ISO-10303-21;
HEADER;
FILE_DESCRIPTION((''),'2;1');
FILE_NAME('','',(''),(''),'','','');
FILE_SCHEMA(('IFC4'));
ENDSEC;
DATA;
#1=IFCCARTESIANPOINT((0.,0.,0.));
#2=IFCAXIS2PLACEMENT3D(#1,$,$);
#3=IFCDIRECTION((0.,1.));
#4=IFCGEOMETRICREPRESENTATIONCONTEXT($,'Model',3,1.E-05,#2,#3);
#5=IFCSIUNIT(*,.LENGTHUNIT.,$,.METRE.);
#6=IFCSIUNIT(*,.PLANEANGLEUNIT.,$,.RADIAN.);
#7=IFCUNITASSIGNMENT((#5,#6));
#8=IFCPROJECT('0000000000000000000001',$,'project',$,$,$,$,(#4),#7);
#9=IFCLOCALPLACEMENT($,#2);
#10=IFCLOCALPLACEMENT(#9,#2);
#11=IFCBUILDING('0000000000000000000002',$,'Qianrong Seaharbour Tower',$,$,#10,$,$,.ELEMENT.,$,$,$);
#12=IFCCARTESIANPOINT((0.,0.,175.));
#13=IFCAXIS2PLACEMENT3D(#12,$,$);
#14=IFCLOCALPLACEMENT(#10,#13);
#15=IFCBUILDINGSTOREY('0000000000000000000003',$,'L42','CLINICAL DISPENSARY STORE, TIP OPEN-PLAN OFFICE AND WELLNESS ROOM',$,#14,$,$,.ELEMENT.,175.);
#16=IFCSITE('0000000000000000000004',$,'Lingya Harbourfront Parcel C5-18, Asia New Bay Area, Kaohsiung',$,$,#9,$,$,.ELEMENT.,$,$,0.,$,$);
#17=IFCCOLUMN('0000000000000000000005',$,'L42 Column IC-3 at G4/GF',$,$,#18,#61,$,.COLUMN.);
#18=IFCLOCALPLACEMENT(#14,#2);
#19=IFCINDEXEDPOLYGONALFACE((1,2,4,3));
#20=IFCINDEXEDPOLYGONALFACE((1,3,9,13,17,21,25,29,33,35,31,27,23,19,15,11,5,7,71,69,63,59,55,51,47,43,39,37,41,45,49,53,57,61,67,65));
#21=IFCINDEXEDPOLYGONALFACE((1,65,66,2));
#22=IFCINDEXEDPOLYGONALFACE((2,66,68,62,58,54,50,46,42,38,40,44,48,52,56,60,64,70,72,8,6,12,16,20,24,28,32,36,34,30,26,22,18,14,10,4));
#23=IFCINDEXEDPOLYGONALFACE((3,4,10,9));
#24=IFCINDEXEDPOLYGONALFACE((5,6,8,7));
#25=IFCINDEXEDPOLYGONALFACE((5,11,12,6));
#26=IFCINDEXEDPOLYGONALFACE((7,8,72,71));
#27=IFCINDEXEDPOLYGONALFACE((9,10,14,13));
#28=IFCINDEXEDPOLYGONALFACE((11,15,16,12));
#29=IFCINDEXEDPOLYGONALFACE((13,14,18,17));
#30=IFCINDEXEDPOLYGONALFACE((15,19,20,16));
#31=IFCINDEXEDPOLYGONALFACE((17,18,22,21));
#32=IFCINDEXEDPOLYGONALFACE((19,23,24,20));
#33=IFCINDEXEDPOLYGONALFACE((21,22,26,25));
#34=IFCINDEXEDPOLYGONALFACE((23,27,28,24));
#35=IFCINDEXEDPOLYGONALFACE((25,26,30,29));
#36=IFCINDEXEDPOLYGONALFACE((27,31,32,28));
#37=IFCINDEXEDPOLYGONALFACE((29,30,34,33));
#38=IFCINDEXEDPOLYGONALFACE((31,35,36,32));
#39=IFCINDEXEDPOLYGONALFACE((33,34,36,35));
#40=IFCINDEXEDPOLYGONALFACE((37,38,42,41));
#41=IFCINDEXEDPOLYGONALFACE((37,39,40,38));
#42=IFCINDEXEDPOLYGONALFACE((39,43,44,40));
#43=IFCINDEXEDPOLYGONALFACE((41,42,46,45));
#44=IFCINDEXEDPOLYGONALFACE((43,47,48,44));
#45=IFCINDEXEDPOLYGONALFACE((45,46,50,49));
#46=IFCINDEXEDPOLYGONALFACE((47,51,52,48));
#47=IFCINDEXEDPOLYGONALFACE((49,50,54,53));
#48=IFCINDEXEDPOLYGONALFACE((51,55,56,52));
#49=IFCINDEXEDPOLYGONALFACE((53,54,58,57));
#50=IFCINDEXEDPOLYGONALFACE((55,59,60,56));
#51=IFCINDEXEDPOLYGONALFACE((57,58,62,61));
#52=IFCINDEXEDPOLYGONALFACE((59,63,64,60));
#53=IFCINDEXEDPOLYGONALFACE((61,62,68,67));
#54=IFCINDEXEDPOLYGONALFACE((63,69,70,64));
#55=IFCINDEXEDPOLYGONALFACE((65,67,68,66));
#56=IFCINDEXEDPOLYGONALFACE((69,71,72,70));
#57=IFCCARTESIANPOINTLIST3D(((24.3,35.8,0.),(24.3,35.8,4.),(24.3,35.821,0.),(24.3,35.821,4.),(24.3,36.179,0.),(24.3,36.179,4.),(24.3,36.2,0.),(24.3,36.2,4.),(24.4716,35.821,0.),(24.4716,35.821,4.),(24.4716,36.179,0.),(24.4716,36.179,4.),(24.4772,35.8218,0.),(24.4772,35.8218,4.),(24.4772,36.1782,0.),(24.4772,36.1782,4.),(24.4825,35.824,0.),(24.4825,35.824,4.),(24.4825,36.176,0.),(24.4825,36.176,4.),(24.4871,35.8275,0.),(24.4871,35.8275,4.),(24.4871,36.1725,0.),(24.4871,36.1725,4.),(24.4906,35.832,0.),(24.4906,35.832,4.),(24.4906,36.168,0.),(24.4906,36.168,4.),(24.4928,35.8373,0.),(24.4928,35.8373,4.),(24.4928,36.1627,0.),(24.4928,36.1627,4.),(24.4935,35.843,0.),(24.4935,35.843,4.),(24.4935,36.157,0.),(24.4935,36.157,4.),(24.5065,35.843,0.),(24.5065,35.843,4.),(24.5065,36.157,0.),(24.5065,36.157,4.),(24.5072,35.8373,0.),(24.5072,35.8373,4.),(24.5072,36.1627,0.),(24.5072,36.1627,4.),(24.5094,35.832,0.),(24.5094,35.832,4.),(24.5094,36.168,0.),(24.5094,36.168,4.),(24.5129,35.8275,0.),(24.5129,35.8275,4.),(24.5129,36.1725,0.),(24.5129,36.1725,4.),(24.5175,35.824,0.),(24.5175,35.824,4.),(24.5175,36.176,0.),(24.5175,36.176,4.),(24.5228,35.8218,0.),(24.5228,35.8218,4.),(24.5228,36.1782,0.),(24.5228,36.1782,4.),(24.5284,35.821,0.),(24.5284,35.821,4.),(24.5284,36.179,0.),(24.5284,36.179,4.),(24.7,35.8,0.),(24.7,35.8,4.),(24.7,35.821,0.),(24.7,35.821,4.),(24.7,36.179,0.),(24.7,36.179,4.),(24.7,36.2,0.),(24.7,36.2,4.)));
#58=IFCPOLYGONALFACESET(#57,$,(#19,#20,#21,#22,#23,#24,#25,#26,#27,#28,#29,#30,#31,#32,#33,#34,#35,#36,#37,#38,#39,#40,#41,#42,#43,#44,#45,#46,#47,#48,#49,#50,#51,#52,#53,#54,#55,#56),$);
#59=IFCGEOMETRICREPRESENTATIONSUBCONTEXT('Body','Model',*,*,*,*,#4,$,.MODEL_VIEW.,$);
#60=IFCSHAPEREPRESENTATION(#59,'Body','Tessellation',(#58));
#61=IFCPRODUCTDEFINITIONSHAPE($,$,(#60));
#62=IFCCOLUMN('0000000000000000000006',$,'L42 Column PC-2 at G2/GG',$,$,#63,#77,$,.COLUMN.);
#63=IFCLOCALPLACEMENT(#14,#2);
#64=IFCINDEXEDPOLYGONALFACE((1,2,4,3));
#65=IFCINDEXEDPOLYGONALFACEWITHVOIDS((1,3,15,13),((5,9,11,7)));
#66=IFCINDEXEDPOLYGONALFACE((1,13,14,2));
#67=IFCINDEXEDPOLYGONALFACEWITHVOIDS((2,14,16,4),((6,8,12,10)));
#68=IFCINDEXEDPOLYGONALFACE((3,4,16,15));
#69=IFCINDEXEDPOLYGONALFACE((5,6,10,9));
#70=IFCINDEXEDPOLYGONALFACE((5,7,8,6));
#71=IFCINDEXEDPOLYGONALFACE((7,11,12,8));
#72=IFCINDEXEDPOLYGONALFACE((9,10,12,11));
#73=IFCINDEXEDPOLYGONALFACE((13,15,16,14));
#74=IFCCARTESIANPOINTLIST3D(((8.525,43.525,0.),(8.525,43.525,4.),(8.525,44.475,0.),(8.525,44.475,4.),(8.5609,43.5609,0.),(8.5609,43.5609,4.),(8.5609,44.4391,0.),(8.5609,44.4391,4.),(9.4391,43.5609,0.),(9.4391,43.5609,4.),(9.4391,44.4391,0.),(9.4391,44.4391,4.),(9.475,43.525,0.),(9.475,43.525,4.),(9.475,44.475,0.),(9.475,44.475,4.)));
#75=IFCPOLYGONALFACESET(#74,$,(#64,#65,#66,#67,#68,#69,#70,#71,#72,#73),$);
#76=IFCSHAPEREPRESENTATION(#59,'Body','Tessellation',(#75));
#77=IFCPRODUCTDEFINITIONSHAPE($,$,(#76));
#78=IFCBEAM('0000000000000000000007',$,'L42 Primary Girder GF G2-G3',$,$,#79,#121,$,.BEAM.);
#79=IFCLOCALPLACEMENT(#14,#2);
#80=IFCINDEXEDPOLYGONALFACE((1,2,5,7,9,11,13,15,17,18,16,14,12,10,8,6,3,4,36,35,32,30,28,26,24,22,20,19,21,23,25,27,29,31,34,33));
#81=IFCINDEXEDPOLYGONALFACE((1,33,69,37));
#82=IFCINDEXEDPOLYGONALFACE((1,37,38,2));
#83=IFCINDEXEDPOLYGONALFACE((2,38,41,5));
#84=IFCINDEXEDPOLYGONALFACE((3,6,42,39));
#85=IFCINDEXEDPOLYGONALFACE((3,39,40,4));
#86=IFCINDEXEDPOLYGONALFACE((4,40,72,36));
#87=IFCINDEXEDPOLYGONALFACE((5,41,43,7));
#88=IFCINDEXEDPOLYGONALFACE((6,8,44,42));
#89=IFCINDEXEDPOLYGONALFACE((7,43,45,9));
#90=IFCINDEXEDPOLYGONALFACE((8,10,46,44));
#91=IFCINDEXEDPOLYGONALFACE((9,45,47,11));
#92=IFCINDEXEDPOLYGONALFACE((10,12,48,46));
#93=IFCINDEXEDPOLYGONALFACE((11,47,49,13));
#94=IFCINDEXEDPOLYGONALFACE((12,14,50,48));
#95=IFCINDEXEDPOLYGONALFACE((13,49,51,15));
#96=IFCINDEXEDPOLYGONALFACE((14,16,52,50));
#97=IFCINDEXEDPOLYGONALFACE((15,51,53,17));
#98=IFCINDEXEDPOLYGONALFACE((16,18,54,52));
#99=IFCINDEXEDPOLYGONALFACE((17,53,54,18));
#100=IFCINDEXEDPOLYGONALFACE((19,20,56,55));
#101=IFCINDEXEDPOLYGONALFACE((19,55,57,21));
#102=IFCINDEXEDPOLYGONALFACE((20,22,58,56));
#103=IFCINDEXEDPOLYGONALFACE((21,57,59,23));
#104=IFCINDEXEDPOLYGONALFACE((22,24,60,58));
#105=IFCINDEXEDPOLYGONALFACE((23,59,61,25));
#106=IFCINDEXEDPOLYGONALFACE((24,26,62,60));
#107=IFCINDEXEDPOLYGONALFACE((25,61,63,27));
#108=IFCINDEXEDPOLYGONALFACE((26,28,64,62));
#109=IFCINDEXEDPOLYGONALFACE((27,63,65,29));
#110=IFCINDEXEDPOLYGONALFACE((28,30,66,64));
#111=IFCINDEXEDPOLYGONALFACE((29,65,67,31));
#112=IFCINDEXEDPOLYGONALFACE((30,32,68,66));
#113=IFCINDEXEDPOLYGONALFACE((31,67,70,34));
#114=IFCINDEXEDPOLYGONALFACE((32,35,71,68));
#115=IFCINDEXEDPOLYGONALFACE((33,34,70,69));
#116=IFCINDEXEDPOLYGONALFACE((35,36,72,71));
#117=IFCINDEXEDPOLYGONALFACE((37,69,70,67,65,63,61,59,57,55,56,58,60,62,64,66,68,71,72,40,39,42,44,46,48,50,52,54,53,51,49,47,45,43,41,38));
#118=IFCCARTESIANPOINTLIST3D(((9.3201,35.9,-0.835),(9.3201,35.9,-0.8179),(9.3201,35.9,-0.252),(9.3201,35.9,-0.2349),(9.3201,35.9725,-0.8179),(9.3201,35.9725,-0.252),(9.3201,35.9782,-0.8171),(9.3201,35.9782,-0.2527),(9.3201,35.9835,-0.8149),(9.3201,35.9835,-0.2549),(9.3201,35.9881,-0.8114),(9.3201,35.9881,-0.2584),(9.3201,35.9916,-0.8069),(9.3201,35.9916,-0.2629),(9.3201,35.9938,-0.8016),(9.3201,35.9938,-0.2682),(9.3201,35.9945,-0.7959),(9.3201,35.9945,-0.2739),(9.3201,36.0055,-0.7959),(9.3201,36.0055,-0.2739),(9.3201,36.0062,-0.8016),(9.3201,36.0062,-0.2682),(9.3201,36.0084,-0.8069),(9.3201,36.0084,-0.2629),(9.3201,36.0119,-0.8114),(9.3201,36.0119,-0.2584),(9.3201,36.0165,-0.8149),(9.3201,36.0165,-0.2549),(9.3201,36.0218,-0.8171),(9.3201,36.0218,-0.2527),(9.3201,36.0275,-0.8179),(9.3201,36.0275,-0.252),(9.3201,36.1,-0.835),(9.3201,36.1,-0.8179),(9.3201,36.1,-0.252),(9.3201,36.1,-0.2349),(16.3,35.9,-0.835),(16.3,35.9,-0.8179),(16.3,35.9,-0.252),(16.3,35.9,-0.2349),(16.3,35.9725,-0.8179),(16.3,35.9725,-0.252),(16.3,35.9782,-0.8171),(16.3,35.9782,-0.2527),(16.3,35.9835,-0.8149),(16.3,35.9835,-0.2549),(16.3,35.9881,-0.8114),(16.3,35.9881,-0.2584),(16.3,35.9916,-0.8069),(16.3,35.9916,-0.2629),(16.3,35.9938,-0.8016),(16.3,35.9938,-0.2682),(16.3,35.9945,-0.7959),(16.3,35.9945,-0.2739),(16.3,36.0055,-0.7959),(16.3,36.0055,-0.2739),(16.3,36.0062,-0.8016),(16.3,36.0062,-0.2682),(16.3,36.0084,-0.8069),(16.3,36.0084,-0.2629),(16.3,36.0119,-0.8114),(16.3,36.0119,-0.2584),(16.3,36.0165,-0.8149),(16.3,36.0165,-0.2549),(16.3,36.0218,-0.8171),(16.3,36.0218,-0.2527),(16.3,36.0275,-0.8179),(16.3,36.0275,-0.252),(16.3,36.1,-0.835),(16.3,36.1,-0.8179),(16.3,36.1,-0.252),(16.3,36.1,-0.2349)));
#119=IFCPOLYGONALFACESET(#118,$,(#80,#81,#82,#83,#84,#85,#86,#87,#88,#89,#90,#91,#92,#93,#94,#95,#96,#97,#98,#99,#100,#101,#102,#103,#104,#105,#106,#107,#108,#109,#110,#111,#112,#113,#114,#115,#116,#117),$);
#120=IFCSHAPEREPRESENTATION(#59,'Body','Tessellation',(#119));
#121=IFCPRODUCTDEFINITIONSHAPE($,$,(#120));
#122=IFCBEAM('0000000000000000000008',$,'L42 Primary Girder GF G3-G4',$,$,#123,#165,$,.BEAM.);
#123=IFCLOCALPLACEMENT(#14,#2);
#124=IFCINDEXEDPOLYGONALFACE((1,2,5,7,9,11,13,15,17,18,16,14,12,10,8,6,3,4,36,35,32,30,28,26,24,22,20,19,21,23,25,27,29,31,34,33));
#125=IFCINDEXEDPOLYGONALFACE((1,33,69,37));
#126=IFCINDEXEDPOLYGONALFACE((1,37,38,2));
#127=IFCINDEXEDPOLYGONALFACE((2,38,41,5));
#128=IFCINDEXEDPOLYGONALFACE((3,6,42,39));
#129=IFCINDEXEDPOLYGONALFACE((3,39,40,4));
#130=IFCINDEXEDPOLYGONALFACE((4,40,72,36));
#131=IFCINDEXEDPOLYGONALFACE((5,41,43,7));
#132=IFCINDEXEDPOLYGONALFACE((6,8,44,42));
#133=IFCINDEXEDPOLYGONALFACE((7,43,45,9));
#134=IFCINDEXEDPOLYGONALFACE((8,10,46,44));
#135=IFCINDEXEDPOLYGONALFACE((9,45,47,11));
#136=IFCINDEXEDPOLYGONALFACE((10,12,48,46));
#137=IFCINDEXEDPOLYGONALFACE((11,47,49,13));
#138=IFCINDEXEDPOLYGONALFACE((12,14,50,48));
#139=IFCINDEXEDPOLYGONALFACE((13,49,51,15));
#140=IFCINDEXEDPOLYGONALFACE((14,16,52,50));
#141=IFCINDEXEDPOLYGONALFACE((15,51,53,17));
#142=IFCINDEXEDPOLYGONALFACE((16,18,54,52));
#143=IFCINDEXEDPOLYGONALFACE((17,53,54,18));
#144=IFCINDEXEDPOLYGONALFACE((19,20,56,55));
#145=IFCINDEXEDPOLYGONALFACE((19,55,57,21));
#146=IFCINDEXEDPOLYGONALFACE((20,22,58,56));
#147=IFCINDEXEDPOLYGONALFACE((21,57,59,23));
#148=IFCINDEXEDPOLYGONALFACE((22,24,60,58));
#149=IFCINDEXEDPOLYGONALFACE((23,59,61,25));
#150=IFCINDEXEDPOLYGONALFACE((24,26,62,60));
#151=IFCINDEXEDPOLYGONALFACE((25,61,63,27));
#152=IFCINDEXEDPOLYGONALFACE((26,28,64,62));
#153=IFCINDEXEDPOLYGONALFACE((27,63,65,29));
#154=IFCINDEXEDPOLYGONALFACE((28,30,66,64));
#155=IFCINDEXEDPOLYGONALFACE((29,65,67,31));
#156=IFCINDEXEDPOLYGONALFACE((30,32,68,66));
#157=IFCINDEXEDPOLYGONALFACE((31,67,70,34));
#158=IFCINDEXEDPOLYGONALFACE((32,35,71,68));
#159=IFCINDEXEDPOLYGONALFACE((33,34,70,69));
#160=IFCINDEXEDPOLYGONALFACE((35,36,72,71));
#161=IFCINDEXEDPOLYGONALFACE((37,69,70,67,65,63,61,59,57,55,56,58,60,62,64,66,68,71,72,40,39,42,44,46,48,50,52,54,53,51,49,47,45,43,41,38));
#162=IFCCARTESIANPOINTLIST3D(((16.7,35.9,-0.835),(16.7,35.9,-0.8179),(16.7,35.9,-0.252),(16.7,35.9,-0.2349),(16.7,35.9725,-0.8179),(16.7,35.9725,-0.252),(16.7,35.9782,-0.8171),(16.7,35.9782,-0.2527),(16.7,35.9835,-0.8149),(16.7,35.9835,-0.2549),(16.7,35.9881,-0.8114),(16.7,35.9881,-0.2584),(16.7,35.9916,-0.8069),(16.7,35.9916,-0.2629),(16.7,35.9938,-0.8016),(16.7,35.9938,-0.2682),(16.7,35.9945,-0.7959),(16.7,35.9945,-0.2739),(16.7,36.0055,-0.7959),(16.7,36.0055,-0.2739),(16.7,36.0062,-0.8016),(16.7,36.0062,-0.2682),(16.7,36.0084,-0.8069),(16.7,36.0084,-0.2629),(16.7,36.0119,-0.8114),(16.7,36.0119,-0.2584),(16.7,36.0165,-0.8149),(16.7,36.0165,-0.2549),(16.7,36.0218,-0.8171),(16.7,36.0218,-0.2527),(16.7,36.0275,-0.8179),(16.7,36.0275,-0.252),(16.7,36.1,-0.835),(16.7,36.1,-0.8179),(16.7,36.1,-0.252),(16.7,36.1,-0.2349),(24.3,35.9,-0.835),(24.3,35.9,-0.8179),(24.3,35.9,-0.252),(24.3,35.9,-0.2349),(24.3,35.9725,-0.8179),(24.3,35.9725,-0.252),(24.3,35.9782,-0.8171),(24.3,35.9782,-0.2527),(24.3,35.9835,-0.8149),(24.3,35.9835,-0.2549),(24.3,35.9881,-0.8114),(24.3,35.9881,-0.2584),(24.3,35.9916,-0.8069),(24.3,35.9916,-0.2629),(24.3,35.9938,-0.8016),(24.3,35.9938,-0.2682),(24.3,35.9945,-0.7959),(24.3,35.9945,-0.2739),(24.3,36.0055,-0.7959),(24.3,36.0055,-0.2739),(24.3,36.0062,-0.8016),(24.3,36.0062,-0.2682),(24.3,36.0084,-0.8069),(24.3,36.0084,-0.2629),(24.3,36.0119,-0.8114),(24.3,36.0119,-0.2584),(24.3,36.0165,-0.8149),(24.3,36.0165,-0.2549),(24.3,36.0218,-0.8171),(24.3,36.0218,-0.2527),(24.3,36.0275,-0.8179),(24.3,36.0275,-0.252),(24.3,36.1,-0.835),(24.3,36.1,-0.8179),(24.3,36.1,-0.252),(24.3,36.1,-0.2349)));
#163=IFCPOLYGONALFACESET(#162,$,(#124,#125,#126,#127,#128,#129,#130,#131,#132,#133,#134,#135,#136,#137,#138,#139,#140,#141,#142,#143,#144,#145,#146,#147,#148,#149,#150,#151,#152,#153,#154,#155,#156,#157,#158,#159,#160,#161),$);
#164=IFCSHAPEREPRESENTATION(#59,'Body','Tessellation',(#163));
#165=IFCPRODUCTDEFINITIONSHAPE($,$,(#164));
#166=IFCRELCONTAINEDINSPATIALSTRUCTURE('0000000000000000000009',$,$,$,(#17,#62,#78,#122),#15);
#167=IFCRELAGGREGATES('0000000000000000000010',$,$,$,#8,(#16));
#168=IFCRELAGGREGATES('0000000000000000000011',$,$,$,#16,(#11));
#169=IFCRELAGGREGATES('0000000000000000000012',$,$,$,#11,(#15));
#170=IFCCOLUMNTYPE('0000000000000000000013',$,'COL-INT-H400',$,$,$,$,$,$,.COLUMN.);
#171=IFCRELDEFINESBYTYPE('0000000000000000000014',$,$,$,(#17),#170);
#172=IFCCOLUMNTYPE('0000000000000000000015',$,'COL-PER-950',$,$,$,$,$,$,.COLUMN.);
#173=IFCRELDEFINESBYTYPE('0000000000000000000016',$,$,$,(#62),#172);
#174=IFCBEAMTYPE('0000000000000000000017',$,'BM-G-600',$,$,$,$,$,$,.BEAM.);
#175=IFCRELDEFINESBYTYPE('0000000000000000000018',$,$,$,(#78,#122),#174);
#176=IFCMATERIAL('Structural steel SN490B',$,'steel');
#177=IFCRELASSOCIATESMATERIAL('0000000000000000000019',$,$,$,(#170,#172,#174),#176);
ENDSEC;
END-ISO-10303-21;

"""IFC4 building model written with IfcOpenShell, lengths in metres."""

from ifc_helpers import new_model, si_unit, direction, frame, origin, origin_2d, place, context, subcontext, project, spatial, hollow_rectangle, i_section, extrude, material, material_profile, profile_set, type_object, element, save


model = new_model("IFC4")

# Units and contexts
model_context = context("Model", 3, precision=1e-05, world=origin(), true_north=direction((0.0, 1.0)))
body_context = subcontext(model_context, "Body", "Model", "MODEL_VIEW")
ifc_project = project(units=[si_unit("LENGTHUNIT", "METRE"), si_unit("PLANEANGLEUNIT", "RADIAN")], contexts=[model_context])

# Site, building, storey
site_placement = place(None, origin())
site = spatial("IfcSite", under=ifc_project, at=site_placement, Name="Lingya Harbourfront Parcel C5-18, Asia New Bay Area, Kaohsiung", CompositionType="ELEMENT", RefElevation=0.0)
building_placement = place(site_placement, origin())
building = spatial("IfcBuilding", under=site, at=building_placement, Name="Qianrong Seaharbour Tower", CompositionType="ELEMENT")
storey_placement = place(building_placement, frame((0.0, 0.0, 175.0)))
storey = spatial("IfcBuildingStorey", under=building, at=storey_placement, Name="L42", Description="CLINICAL DISPENSARY STORE, TIP OPEN-PLAN OFFICE AND WELLNESS ROOM", CompositionType="ELEMENT", Elevation=175.0)

# Columns
ifc_material_1 = material(Name="Structural steel SN490B", Category="steel")
ifc_material_profile_1 = material_profile(ifc_material_1, i_section(OverallWidth=0.3999, OverallDepth=0.3999, WebThickness=0.0129, FlangeThickness=0.021, FilletRadius=0.022, at=origin_2d()), Name="H400x400x13x21")
ifc_profile_set_1 = profile_set([ifc_material_profile_1], Name="Structural steel SN490B")
column_type_1 = type_object("IfcColumnType", Name="COL-INT-H400", PredefinedType="COLUMN", material=ifc_profile_set_1)
for number, where, z_axis, x_axis, name in (
    (1, (24.5, 36.0, 0.0), (0.0, 0.0, 1.0), (1.0, 0.0, 0.0), "L42 Column IC-3 at G4/GF"),
):
    element("IfcColumn", number, at=place(storey_placement, frame(where, z_axis=z_axis, x_axis=x_axis)), inside=storey, type_object=column_type_1, Name=name, PredefinedType="COLUMN", context=body_context, shape_type="SweptSolid", body=[
        extrude(i_section(OverallWidth=0.3999, OverallDepth=0.3999, WebThickness=0.0129, FlangeThickness=0.021, FilletRadius=0.022, at=origin_2d()), origin(), (0.0, 0.0, 1.0), 4.0),
    ])
ifc_material_profile_2 = material_profile(ifc_material_1, hollow_rectangle(XDim=0.95, YDim=0.95, WallThickness=0.0359, at=origin_2d()), Name="BOX950x950x36")
ifc_profile_set_2 = profile_set([ifc_material_profile_2], Name="Structural steel SN490B")
column_type_2 = type_object("IfcColumnType", Name="COL-PER-950", PredefinedType="COLUMN", material=ifc_profile_set_2)
column_1_placement = place(storey_placement, frame((9.0, 44.0, 0.0), z_axis=(0.0, 0.0, 1.0), x_axis=(1.0, 0.0, 0.0)))
element("IfcColumn", 2, at=column_1_placement, inside=storey, type_object=column_type_2, Name="L42 Column PC-2 at G2/GG", PredefinedType="COLUMN", context=body_context, shape_type="SweptSolid", body=[
    extrude(hollow_rectangle(XDim=0.95, YDim=0.95, WallThickness=0.0359, at=origin_2d()), origin(), (0.0, 0.0, 1.0), 4.0),
])

# Beams
ifc_material_profile_3 = material_profile(ifc_material_1, i_section(OverallWidth=0.2, OverallDepth=0.6001, WebThickness=0.011, FlangeThickness=0.0171, FilletRadius=0.022, at=origin_2d()), Name="H600x200x11x17")
ifc_profile_set_3 = profile_set([ifc_material_profile_3], Name="Structural steel SN490B")
beam_type_1 = type_object("IfcBeamType", Name="BM-G-600", PredefinedType="BEAM", material=ifc_profile_set_3)
beam_1_placement = place(storey_placement, frame((9.3201, 36.0, -0.5349), z_axis=(1.0, 0.0, 0.0), x_axis=(0.0, 1.0, 0.0)))
element("IfcBeam", 3, at=beam_1_placement, inside=storey, type_object=beam_type_1, Name="L42 Primary Girder GF G2-G3", PredefinedType="BEAM", context=body_context, shape_type="SweptSolid", body=[
    extrude(i_section(OverallWidth=0.2, OverallDepth=0.6001, WebThickness=0.011, FlangeThickness=0.0171, FilletRadius=0.022, at=origin_2d()), origin(), (0.0, 0.0, 1.0), 6.98),
])
beam_2_placement = place(storey_placement, frame((16.7, 36.0, -0.5349), z_axis=(1.0, 0.0, 0.0), x_axis=(0.0, 1.0, 0.0)))
element("IfcBeam", 4, at=beam_2_placement, inside=storey, type_object=beam_type_1, Name="L42 Primary Girder GF G3-G4", PredefinedType="BEAM", context=body_context, shape_type="SweptSolid", body=[
    extrude(i_section(OverallWidth=0.2, OverallDepth=0.6001, WebThickness=0.011, FlangeThickness=0.0171, FilletRadius=0.022, at=origin_2d()), origin(), (0.0, 0.0, 1.0), 7.6001),
])

save(model, "model.ifc")
